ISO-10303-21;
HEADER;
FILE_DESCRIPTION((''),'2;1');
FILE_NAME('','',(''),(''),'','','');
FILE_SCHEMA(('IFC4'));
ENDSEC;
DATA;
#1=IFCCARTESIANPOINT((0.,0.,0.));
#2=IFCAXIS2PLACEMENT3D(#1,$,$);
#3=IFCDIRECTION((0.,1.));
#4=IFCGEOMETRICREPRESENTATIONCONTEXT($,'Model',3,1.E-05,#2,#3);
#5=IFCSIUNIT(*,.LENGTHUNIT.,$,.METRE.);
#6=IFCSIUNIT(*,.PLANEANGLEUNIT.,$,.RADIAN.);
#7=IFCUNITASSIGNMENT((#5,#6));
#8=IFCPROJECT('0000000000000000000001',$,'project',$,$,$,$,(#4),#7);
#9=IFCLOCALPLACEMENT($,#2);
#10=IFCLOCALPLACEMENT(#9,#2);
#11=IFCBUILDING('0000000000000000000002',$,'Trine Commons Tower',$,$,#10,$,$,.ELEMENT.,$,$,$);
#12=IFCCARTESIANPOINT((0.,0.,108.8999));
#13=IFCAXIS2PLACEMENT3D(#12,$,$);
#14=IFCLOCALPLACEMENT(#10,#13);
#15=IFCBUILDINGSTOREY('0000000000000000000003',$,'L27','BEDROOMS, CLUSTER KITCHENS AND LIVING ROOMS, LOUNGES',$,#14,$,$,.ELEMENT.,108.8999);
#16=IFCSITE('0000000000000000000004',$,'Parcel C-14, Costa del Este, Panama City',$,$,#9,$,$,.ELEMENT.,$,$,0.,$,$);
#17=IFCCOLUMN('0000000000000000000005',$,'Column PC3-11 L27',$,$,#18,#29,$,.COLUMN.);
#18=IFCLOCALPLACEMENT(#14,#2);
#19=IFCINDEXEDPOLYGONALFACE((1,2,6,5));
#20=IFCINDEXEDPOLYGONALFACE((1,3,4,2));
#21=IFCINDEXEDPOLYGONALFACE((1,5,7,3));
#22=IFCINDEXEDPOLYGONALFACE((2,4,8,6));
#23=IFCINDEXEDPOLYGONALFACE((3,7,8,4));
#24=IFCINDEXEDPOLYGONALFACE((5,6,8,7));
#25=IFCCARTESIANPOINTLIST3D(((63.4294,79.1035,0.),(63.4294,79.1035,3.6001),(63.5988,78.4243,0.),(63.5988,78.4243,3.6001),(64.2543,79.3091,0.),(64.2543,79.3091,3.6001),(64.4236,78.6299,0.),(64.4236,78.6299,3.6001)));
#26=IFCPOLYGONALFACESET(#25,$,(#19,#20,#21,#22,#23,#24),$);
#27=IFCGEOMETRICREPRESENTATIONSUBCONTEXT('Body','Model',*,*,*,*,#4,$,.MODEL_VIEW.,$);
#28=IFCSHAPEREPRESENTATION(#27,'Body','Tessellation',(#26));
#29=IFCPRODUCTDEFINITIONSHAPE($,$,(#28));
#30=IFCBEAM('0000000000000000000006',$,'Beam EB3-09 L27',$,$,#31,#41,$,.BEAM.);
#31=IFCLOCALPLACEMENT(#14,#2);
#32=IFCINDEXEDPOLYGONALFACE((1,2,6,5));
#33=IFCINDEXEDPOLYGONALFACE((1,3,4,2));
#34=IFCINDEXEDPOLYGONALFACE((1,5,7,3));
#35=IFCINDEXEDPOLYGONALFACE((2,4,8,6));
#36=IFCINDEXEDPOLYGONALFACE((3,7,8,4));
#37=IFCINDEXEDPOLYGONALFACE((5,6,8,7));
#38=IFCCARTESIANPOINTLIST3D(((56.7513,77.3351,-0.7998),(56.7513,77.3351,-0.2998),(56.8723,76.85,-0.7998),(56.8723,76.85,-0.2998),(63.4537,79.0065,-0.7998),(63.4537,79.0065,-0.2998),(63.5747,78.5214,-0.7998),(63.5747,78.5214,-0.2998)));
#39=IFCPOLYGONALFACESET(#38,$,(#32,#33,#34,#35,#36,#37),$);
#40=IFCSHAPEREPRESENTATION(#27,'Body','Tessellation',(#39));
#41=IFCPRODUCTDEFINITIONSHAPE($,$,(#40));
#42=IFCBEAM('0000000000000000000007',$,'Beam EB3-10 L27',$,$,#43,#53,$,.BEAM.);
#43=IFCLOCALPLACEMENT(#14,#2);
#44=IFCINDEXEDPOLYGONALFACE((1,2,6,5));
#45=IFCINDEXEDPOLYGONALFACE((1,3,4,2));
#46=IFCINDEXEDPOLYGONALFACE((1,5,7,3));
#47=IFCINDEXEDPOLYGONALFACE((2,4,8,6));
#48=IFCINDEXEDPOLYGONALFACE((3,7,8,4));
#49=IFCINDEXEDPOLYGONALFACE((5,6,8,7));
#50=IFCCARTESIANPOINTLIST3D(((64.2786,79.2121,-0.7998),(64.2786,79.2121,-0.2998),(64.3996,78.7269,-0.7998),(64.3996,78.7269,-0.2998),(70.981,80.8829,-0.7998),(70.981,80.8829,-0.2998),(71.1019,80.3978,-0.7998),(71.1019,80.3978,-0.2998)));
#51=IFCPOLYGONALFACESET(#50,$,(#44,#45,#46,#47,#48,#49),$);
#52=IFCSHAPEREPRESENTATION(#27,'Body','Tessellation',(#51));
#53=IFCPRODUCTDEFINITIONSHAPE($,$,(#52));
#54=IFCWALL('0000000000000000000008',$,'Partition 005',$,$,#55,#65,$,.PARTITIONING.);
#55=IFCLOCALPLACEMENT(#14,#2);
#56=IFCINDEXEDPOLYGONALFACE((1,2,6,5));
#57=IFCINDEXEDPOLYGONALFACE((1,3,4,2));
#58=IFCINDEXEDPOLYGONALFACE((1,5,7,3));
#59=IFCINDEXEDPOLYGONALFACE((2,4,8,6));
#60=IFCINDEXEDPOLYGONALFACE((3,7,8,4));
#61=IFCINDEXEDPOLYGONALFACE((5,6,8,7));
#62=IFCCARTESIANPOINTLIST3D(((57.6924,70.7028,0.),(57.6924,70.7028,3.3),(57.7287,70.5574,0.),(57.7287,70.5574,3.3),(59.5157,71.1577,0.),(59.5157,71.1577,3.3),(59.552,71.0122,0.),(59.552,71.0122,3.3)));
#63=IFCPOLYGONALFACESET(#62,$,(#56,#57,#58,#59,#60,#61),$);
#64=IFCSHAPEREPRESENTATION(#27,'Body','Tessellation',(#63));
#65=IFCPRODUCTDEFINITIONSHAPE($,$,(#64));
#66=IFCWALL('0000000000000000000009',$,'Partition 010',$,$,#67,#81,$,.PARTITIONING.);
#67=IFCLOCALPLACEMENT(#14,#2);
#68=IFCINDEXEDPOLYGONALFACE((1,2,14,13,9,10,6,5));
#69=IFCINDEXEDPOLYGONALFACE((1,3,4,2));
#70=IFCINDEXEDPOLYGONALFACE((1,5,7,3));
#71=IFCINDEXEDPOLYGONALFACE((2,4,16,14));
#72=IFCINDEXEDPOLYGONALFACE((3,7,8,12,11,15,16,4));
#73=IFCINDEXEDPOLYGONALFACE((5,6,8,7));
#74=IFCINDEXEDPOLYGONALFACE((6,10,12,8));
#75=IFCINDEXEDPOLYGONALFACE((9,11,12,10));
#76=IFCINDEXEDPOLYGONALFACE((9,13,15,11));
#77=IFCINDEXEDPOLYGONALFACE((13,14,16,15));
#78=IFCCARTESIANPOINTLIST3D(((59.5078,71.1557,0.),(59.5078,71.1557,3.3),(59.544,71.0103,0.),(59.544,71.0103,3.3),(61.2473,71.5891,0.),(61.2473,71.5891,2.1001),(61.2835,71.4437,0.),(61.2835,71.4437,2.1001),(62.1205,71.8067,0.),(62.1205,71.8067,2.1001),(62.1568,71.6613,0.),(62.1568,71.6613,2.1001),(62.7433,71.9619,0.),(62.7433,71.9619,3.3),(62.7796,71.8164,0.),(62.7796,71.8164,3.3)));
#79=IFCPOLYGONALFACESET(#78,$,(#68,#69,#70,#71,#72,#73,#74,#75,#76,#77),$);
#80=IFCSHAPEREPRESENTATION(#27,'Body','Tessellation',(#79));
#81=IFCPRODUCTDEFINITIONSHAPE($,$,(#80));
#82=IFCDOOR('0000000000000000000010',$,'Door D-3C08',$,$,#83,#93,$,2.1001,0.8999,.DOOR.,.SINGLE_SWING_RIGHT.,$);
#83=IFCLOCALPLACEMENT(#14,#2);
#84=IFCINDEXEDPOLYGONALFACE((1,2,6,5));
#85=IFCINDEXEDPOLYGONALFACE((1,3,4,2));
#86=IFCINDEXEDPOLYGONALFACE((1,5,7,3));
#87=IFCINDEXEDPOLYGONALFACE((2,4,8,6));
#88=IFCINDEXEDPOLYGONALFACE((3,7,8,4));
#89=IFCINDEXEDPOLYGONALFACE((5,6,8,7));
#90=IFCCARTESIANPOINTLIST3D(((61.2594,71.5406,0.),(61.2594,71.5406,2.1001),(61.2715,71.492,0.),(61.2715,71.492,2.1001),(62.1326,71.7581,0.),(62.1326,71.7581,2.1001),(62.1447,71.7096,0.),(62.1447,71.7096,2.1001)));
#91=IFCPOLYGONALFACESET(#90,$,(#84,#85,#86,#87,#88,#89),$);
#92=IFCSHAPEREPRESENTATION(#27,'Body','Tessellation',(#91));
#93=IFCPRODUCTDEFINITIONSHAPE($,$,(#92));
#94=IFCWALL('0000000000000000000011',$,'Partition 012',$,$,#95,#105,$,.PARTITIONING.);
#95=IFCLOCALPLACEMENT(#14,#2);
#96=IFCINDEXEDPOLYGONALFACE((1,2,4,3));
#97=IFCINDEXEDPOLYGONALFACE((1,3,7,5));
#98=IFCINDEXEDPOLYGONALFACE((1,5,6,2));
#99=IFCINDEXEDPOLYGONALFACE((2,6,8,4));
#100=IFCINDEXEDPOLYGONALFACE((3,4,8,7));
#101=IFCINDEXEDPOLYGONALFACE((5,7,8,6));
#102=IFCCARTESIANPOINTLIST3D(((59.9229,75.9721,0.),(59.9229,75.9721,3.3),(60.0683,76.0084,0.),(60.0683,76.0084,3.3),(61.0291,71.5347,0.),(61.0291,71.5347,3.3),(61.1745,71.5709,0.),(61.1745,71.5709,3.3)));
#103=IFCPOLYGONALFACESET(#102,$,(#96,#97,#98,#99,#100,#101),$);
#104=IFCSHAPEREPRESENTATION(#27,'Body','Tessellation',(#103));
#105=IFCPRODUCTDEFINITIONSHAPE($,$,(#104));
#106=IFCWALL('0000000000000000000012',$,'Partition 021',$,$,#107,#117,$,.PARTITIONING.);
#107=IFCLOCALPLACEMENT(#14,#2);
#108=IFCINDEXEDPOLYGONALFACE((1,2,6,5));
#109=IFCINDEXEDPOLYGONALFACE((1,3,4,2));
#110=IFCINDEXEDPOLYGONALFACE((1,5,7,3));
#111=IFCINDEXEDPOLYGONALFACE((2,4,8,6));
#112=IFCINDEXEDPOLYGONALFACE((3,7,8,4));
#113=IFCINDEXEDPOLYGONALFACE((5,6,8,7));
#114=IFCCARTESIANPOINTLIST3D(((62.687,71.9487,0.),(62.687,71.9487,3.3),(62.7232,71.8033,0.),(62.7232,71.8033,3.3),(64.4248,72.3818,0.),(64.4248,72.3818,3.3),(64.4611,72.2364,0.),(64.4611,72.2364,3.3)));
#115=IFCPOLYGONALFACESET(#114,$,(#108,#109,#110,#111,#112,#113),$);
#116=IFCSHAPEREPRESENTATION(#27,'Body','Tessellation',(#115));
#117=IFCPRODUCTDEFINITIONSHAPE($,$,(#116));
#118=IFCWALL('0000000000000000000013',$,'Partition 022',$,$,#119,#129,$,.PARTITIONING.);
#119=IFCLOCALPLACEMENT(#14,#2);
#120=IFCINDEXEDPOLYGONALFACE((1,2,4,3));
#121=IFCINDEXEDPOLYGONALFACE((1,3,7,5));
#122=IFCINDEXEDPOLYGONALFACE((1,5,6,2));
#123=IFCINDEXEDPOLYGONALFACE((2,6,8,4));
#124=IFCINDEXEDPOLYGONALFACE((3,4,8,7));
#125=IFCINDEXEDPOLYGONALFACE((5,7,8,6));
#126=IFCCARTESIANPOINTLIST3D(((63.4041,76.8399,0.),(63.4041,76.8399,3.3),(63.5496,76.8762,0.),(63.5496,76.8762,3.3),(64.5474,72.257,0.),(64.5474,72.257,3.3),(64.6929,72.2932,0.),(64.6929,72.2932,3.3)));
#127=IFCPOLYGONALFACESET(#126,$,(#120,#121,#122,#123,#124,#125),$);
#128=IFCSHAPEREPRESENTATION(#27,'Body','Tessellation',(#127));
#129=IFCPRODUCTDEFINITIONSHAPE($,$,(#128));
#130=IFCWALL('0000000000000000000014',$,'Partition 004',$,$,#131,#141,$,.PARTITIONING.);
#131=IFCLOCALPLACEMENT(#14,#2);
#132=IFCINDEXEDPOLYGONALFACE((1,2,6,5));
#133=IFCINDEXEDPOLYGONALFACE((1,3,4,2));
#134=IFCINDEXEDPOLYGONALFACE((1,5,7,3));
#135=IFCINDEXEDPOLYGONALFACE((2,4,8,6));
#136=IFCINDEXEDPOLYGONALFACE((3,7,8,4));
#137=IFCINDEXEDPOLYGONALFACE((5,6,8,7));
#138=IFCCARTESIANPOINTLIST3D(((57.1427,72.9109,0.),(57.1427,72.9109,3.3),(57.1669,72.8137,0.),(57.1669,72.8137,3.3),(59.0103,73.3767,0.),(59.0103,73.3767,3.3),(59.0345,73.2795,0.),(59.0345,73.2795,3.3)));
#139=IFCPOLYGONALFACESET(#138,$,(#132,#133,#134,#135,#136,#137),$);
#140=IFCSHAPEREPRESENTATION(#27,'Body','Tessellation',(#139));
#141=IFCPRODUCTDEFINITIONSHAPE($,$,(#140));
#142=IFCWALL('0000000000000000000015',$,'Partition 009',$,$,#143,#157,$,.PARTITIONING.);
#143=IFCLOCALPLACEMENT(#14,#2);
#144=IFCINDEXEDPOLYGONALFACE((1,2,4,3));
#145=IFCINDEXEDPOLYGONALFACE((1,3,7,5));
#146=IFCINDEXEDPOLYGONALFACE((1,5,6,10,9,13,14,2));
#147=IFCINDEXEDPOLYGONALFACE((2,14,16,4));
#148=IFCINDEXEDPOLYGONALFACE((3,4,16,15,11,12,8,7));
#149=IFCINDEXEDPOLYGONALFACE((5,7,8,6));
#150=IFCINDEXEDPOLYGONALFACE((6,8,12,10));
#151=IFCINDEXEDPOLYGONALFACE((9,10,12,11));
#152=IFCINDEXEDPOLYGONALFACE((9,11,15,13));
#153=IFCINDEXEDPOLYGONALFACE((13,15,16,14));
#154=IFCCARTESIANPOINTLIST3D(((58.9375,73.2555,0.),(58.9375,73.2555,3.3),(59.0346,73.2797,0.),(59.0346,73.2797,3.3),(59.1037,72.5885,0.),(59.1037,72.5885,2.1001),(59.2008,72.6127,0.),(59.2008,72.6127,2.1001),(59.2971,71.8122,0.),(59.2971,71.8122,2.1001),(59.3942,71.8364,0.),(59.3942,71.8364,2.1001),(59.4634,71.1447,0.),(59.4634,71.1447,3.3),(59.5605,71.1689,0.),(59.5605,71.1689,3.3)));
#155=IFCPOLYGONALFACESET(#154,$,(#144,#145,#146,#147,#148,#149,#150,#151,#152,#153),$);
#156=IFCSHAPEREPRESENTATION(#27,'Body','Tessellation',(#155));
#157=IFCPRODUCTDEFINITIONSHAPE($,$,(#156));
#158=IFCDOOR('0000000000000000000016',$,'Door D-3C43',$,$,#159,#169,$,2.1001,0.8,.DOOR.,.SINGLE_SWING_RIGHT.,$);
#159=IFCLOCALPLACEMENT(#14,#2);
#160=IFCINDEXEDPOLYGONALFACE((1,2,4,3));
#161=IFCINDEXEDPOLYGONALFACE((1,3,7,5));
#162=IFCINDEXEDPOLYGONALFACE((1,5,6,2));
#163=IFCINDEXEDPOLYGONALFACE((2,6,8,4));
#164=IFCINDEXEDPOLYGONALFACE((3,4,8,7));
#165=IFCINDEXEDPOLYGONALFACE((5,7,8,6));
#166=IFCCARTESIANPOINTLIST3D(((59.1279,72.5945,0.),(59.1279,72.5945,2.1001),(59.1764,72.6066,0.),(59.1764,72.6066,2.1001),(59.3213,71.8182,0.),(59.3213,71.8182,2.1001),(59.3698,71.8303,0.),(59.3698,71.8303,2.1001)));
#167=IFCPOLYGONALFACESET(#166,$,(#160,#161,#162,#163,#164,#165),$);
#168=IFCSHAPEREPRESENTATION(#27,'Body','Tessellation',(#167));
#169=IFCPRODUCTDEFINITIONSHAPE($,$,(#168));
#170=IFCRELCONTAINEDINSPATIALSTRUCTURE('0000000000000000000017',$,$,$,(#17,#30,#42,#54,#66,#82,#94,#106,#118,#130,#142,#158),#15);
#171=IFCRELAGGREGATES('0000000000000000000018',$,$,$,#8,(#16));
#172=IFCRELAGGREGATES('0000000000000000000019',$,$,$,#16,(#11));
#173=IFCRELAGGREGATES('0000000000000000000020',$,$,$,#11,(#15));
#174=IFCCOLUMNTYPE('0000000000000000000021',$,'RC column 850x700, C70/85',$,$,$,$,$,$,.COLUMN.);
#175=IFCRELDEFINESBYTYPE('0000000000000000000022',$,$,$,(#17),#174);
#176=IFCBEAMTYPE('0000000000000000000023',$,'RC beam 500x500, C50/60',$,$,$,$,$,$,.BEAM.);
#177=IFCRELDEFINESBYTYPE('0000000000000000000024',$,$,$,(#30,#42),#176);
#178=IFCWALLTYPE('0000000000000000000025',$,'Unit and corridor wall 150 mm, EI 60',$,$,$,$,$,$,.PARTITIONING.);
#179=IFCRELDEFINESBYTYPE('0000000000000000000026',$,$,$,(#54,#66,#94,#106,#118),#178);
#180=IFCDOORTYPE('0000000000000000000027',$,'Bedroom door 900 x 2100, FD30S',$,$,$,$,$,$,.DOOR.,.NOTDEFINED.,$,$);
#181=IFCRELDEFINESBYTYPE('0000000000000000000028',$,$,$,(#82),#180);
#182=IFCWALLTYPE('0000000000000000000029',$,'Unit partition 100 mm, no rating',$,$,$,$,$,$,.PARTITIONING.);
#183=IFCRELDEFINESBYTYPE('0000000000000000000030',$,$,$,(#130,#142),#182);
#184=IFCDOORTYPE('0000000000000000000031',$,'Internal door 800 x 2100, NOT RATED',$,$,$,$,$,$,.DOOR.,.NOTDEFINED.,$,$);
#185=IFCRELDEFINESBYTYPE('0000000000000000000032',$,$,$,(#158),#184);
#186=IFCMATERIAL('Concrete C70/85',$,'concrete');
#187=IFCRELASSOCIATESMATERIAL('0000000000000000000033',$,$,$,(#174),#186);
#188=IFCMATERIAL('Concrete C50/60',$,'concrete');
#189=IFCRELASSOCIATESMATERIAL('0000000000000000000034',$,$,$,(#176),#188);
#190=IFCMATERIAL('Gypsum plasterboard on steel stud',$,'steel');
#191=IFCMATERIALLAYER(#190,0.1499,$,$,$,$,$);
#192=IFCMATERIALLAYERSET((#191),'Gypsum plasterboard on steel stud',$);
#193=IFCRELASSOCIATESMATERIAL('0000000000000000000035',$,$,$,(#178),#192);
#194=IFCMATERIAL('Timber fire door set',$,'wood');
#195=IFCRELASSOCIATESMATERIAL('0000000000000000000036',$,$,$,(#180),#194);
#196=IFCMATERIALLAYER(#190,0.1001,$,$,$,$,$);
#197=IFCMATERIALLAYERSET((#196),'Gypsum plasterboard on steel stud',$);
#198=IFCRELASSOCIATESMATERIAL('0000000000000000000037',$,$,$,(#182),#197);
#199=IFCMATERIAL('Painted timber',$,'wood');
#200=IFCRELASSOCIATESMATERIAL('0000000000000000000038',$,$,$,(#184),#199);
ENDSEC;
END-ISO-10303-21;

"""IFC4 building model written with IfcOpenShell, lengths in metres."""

from ifc_helpers import new_model, si_unit, direction, frame, frame_2d, origin, origin_2d, place, context, subcontext, project, spatial, rectangle, extrude, material, layer, layer_set, material_profile, profile_set, type_object, element, fill, save


model = new_model("IFC4")

# Units and contexts
model_context = context("Model", 3, precision=1e-05, world=origin(), true_north=direction((0.0, 1.0)))
body_context = subcontext(model_context, "Body", "Model", "MODEL_VIEW")
ifc_project = project(units=[si_unit("LENGTHUNIT", "METRE"), si_unit("PLANEANGLEUNIT", "RADIAN")], contexts=[model_context])

# Site, building, storey
site_placement = place(None, origin())
site = spatial("IfcSite", under=ifc_project, at=site_placement, Name="Parcel C-14, Costa del Este, Panama City", CompositionType="ELEMENT", RefElevation=0.0)
building_placement = place(site_placement, origin())
building = spatial("IfcBuilding", under=site, at=building_placement, Name="Trine Commons Tower", CompositionType="ELEMENT")
storey_placement = place(building_placement, frame((0.0, 0.0, 108.8999)))
storey = spatial("IfcBuildingStorey", under=building, at=storey_placement, Name="L27", Description="BEDROOMS, CLUSTER KITCHENS AND LIVING ROOMS, LOUNGES", CompositionType="ELEMENT", Elevation=108.8999)

# Column
ifc_material_1 = material(Name="Concrete C70/85", Category="concrete")
ifc_material_profile_1 = material_profile(ifc_material_1, rectangle(XDim=0.8501, YDim=0.7, at=origin_2d()), Name="RC 850x700")
ifc_profile_set_1 = profile_set([ifc_material_profile_1], Name="Concrete C70/85")
column_type = type_object("IfcColumnType", Name="RC column 850x700, C70/85", PredefinedType="COLUMN", material=ifc_profile_set_1)
column_placement = place(storey_placement, frame((63.9265, 78.8667, 0.0), z_axis=(0.0, 0.0, 1.0), x_axis=(0.970296, 0.241922, 0.0)))
element("IfcColumn", 1, at=column_placement, inside=storey, type_object=column_type, Name="Column PC3-11 L27", PredefinedType="COLUMN", context=body_context, shape_type="SweptSolid", body=[
    extrude(rectangle(XDim=0.8501, YDim=0.7, at=origin_2d()), origin(), (0.0, 0.0, 1.0), 3.6001),
])

# Beams
ifc_material_2 = material(Name="Concrete C50/60", Category="concrete")
ifc_material_profile_2 = material_profile(ifc_material_2, rectangle(XDim=0.5, YDim=0.5, at=origin_2d()), Name="RC 500x500")
ifc_profile_set_2 = profile_set([ifc_material_profile_2], Name="Concrete C50/60")
beam_type = type_object("IfcBeamType", Name="RC beam 500x500, C50/60", PredefinedType="BEAM", material=ifc_profile_set_2)
beam_1_placement = place(storey_placement, frame((56.8118, 77.0925, -0.5498), z_axis=(0.970286, 0.241962, 0.0), x_axis=(-0.241962, 0.970286, 0.0)))
element("IfcBeam", 2, at=beam_1_placement, inside=storey, type_object=beam_type, Name="Beam EB3-09 L27", PredefinedType="BEAM", context=body_context, shape_type="SweptSolid", body=[
    extrude(rectangle(XDim=0.5, YDim=0.5, at=origin_2d()), origin(), (0.0, 0.0, 1.0), 6.9077),
])
beam_2_placement = place(storey_placement, frame((64.3391, 78.9695, -0.5498), z_axis=(0.970302, 0.241895, 0.0), x_axis=(-0.241895, 0.970302, 0.0)))
element("IfcBeam", 3, at=beam_2_placement, inside=storey, type_object=beam_type, Name="Beam EB3-10 L27", PredefinedType="BEAM", context=body_context, shape_type="SweptSolid", body=[
    extrude(rectangle(XDim=0.5, YDim=0.5, at=origin_2d()), origin(), (0.0, 0.0, 1.0), 6.9075),
])

# Wall
ifc_material_3 = material(Name="Gypsum plasterboard on steel stud", Category="steel")
ifc_layer_1 = layer(ifc_material_3, 0.1499)
ifc_layer_set_1 = layer_set([ifc_layer_1], Name="Gypsum plasterboard on steel stud")
wall_type_1 = type_object("IfcWallType", Name="Unit and corridor wall 150 mm, EI 60", PredefinedType="PARTITIONING", material=ifc_layer_set_1)
wall_1_placement = place(storey_placement, frame((57.7107, 70.6301, 0.0), z_axis=(0.0, 0.0, 1.0), x_axis=(0.970265, 0.242046, 0.0)))
element("IfcWall", 4, at=wall_1_placement, inside=storey, type_object=wall_type_1, Name="Partition 005", PredefinedType="PARTITIONING", context=body_context, shape_type="SweptSolid", body=[
    extrude(rectangle(XDim=1.8792, YDim=0.1499, at=frame_2d((0.9395, 0.0))), origin(), (0.0, 0.0, 1.0), 3.3),
])

# Wall, opening, door
wall_2_placement = place(storey_placement, frame((59.5259, 71.083, 0.0), z_axis=(0.0, 0.0, 1.0), x_axis=(0.970336, 0.24176, 0.0)))
wall_2 = element("IfcWall", 5, at=wall_2_placement, inside=storey, type_object=wall_type_1, Name="Partition 010", PredefinedType="PARTITIONING", context=body_context, shape_type="SweptSolid", body=[
    extrude(rectangle(XDim=3.3345, YDim=0.1499, at=frame_2d((1.6672, 0.0))), origin(), (0.0, 0.0, 1.0), 3.3),
])
opening_1_placement = place(wall_2_placement, frame((1.7927, 0.0, 0.0)))
opening_1 = element("IfcOpeningElement", 6, at=opening_1_placement, cuts=wall_2, PredefinedType="OPENING", context=body_context, shape_type="SweptSolid", body=[
    extrude(rectangle(XDim=0.8999, YDim=2.1001, at=frame_2d((0.45, 1.05))), frame((0.0, 0.085, 0.0), z_axis=(0.0, -1.0, 0.0), x_axis=(1.0, 0.0, 0.0)), (0.0, 0.0, 1.0), 0.1699),
])
ifc_material_4 = material(Name="Timber fire door set", Category="wood")
door_type_1 = type_object("IfcDoorType", Name="Bedroom door 900 x 2100, FD30S", OperationType="NOTDEFINED", PredefinedType="DOOR", material=ifc_material_4)
door_1_placement = place(opening_1_placement, origin())
door_1 = element("IfcDoor", 7, at=door_1_placement, inside=storey, type_object=door_type_1, Name="Door D-3C08", OperationType="SINGLE_SWING_RIGHT", OverallHeight=2.1001, OverallWidth=0.8999, PredefinedType="DOOR", context=body_context, shape_type="SweptSolid", body=[
    extrude(rectangle(XDim=0.8999, YDim=2.1001, at=frame_2d((0.45, 1.05))), frame((0.0, 0.0249, 0.0), z_axis=(0.0, -1.0, 0.0), x_axis=(1.0, 0.0, 0.0)), (0.0, 0.0, 1.0), 0.05),
])
fill(opening_1, door_1)

# Walls
wall_3_placement = place(storey_placement, frame((59.9956, 75.9902, 0.0), z_axis=(0.0, 0.0, 1.0), x_axis=(0.241882, -0.970306, 0.0)))
element("IfcWall", 8, at=wall_3_placement, inside=storey, type_object=wall_type_1, Name="Partition 012", PredefinedType="PARTITIONING", context=body_context, shape_type="SweptSolid", body=[
    extrude(rectangle(XDim=4.5732, YDim=0.1499, at=frame_2d((2.2866, 0.0))), origin(), (0.0, 0.0, 1.0), 3.3),
])
wall_4_placement = place(storey_placement, frame((62.7051, 71.876, 0.0), z_axis=(0.0, 0.0, 1.0), x_axis=(0.970319, 0.24183, 0.0)))
element("IfcWall", 9, at=wall_4_placement, inside=storey, type_object=wall_type_1, Name="Partition 021", PredefinedType="PARTITIONING", context=body_context, shape_type="SweptSolid", body=[
    extrude(rectangle(XDim=1.791, YDim=0.1499, at=frame_2d((0.8955, 0.0))), origin(), (0.0, 0.0, 1.0), 3.3),
])
wall_5_placement = place(storey_placement, frame((63.4768, 76.8582, 0.0), z_axis=(0.0, 0.0, 1.0), x_axis=(0.242049, -0.970264, 0.0)))
element("IfcWall", 10, at=wall_5_placement, inside=storey, type_object=wall_type_1, Name="Partition 022", PredefinedType="PARTITIONING", context=body_context, shape_type="SweptSolid", body=[
    extrude(rectangle(XDim=4.7234, YDim=0.1499, at=frame_2d((2.3618, 0.0))), origin(), (0.0, 0.0, 1.0), 3.3),
])
ifc_layer_2 = layer(ifc_material_3, 0.1001)
ifc_layer_set_2 = layer_set([ifc_layer_2], Name="Gypsum plasterboard on steel stud")
wall_type_2 = type_object("IfcWallType", Name="Unit partition 100 mm, no rating", PredefinedType="PARTITIONING", material=ifc_layer_set_2)
wall_6_placement = place(storey_placement, frame((57.1548, 72.8623, 0.0), z_axis=(0.0, 0.0, 1.0), x_axis=(0.970277, 0.241998, 0.0)))
element("IfcWall", 11, at=wall_6_placement, inside=storey, type_object=wall_type_2, Name="Partition 004", PredefinedType="PARTITIONING", context=body_context, shape_type="SweptSolid", body=[
    extrude(rectangle(XDim=1.9248, YDim=0.1001, at=frame_2d((0.9624, 0.0))), origin(), (0.0, 0.0, 1.0), 3.3),
])

# Wall, opening, door
wall_7_placement = place(storey_placement, frame((58.9861, 73.2676, 0.0), z_axis=(0.0, 0.0, 1.0), x_axis=(0.241743, -0.97034, 0.0)))
wall_7 = element("IfcWall", 12, at=wall_7_placement, inside=storey, type_object=wall_type_2, Name="Partition 009", PredefinedType="PARTITIONING", context=body_context, shape_type="SweptSolid", body=[
    extrude(rectangle(XDim=2.1753, YDim=0.1001, at=frame_2d((1.0876, 0.0))), origin(), (0.0, 0.0, 1.0), 3.3),
])
opening_2_placement = place(wall_7_placement, frame((0.6875, 0.0, 0.0)))
opening_2 = element("IfcOpeningElement", 13, at=opening_2_placement, cuts=wall_7, PredefinedType="OPENING", context=body_context, shape_type="SweptSolid", body=[
    extrude(rectangle(XDim=0.8, YDim=2.1001, at=frame_2d((0.3999, 1.05))), frame((0.0, 0.0601, 0.0), z_axis=(0.0, -1.0, 0.0), x_axis=(1.0, 0.0, 0.0)), (0.0, 0.0, 1.0), 0.1201),
])
ifc_material_5 = material(Name="Painted timber", Category="wood")
door_type_2 = type_object("IfcDoorType", Name="Internal door 800 x 2100, NOT RATED", OperationType="NOTDEFINED", PredefinedType="DOOR", material=ifc_material_5)
door_2_placement = place(opening_2_placement, origin())
door_2 = element("IfcDoor", 14, at=door_2_placement, inside=storey, type_object=door_type_2, Name="Door D-3C43", OperationType="SINGLE_SWING_RIGHT", OverallHeight=2.1001, OverallWidth=0.8, PredefinedType="DOOR", context=body_context, shape_type="SweptSolid", body=[
    extrude(rectangle(XDim=0.8, YDim=2.1001, at=frame_2d((0.3999, 1.05))), frame((0.0, 0.0249, 0.0), z_axis=(0.0, -1.0, 0.0), x_axis=(1.0, 0.0, 0.0)), (0.0, 0.0, 1.0), 0.05),
])
fill(opening_2, door_2)

save(model, "model.ifc")
